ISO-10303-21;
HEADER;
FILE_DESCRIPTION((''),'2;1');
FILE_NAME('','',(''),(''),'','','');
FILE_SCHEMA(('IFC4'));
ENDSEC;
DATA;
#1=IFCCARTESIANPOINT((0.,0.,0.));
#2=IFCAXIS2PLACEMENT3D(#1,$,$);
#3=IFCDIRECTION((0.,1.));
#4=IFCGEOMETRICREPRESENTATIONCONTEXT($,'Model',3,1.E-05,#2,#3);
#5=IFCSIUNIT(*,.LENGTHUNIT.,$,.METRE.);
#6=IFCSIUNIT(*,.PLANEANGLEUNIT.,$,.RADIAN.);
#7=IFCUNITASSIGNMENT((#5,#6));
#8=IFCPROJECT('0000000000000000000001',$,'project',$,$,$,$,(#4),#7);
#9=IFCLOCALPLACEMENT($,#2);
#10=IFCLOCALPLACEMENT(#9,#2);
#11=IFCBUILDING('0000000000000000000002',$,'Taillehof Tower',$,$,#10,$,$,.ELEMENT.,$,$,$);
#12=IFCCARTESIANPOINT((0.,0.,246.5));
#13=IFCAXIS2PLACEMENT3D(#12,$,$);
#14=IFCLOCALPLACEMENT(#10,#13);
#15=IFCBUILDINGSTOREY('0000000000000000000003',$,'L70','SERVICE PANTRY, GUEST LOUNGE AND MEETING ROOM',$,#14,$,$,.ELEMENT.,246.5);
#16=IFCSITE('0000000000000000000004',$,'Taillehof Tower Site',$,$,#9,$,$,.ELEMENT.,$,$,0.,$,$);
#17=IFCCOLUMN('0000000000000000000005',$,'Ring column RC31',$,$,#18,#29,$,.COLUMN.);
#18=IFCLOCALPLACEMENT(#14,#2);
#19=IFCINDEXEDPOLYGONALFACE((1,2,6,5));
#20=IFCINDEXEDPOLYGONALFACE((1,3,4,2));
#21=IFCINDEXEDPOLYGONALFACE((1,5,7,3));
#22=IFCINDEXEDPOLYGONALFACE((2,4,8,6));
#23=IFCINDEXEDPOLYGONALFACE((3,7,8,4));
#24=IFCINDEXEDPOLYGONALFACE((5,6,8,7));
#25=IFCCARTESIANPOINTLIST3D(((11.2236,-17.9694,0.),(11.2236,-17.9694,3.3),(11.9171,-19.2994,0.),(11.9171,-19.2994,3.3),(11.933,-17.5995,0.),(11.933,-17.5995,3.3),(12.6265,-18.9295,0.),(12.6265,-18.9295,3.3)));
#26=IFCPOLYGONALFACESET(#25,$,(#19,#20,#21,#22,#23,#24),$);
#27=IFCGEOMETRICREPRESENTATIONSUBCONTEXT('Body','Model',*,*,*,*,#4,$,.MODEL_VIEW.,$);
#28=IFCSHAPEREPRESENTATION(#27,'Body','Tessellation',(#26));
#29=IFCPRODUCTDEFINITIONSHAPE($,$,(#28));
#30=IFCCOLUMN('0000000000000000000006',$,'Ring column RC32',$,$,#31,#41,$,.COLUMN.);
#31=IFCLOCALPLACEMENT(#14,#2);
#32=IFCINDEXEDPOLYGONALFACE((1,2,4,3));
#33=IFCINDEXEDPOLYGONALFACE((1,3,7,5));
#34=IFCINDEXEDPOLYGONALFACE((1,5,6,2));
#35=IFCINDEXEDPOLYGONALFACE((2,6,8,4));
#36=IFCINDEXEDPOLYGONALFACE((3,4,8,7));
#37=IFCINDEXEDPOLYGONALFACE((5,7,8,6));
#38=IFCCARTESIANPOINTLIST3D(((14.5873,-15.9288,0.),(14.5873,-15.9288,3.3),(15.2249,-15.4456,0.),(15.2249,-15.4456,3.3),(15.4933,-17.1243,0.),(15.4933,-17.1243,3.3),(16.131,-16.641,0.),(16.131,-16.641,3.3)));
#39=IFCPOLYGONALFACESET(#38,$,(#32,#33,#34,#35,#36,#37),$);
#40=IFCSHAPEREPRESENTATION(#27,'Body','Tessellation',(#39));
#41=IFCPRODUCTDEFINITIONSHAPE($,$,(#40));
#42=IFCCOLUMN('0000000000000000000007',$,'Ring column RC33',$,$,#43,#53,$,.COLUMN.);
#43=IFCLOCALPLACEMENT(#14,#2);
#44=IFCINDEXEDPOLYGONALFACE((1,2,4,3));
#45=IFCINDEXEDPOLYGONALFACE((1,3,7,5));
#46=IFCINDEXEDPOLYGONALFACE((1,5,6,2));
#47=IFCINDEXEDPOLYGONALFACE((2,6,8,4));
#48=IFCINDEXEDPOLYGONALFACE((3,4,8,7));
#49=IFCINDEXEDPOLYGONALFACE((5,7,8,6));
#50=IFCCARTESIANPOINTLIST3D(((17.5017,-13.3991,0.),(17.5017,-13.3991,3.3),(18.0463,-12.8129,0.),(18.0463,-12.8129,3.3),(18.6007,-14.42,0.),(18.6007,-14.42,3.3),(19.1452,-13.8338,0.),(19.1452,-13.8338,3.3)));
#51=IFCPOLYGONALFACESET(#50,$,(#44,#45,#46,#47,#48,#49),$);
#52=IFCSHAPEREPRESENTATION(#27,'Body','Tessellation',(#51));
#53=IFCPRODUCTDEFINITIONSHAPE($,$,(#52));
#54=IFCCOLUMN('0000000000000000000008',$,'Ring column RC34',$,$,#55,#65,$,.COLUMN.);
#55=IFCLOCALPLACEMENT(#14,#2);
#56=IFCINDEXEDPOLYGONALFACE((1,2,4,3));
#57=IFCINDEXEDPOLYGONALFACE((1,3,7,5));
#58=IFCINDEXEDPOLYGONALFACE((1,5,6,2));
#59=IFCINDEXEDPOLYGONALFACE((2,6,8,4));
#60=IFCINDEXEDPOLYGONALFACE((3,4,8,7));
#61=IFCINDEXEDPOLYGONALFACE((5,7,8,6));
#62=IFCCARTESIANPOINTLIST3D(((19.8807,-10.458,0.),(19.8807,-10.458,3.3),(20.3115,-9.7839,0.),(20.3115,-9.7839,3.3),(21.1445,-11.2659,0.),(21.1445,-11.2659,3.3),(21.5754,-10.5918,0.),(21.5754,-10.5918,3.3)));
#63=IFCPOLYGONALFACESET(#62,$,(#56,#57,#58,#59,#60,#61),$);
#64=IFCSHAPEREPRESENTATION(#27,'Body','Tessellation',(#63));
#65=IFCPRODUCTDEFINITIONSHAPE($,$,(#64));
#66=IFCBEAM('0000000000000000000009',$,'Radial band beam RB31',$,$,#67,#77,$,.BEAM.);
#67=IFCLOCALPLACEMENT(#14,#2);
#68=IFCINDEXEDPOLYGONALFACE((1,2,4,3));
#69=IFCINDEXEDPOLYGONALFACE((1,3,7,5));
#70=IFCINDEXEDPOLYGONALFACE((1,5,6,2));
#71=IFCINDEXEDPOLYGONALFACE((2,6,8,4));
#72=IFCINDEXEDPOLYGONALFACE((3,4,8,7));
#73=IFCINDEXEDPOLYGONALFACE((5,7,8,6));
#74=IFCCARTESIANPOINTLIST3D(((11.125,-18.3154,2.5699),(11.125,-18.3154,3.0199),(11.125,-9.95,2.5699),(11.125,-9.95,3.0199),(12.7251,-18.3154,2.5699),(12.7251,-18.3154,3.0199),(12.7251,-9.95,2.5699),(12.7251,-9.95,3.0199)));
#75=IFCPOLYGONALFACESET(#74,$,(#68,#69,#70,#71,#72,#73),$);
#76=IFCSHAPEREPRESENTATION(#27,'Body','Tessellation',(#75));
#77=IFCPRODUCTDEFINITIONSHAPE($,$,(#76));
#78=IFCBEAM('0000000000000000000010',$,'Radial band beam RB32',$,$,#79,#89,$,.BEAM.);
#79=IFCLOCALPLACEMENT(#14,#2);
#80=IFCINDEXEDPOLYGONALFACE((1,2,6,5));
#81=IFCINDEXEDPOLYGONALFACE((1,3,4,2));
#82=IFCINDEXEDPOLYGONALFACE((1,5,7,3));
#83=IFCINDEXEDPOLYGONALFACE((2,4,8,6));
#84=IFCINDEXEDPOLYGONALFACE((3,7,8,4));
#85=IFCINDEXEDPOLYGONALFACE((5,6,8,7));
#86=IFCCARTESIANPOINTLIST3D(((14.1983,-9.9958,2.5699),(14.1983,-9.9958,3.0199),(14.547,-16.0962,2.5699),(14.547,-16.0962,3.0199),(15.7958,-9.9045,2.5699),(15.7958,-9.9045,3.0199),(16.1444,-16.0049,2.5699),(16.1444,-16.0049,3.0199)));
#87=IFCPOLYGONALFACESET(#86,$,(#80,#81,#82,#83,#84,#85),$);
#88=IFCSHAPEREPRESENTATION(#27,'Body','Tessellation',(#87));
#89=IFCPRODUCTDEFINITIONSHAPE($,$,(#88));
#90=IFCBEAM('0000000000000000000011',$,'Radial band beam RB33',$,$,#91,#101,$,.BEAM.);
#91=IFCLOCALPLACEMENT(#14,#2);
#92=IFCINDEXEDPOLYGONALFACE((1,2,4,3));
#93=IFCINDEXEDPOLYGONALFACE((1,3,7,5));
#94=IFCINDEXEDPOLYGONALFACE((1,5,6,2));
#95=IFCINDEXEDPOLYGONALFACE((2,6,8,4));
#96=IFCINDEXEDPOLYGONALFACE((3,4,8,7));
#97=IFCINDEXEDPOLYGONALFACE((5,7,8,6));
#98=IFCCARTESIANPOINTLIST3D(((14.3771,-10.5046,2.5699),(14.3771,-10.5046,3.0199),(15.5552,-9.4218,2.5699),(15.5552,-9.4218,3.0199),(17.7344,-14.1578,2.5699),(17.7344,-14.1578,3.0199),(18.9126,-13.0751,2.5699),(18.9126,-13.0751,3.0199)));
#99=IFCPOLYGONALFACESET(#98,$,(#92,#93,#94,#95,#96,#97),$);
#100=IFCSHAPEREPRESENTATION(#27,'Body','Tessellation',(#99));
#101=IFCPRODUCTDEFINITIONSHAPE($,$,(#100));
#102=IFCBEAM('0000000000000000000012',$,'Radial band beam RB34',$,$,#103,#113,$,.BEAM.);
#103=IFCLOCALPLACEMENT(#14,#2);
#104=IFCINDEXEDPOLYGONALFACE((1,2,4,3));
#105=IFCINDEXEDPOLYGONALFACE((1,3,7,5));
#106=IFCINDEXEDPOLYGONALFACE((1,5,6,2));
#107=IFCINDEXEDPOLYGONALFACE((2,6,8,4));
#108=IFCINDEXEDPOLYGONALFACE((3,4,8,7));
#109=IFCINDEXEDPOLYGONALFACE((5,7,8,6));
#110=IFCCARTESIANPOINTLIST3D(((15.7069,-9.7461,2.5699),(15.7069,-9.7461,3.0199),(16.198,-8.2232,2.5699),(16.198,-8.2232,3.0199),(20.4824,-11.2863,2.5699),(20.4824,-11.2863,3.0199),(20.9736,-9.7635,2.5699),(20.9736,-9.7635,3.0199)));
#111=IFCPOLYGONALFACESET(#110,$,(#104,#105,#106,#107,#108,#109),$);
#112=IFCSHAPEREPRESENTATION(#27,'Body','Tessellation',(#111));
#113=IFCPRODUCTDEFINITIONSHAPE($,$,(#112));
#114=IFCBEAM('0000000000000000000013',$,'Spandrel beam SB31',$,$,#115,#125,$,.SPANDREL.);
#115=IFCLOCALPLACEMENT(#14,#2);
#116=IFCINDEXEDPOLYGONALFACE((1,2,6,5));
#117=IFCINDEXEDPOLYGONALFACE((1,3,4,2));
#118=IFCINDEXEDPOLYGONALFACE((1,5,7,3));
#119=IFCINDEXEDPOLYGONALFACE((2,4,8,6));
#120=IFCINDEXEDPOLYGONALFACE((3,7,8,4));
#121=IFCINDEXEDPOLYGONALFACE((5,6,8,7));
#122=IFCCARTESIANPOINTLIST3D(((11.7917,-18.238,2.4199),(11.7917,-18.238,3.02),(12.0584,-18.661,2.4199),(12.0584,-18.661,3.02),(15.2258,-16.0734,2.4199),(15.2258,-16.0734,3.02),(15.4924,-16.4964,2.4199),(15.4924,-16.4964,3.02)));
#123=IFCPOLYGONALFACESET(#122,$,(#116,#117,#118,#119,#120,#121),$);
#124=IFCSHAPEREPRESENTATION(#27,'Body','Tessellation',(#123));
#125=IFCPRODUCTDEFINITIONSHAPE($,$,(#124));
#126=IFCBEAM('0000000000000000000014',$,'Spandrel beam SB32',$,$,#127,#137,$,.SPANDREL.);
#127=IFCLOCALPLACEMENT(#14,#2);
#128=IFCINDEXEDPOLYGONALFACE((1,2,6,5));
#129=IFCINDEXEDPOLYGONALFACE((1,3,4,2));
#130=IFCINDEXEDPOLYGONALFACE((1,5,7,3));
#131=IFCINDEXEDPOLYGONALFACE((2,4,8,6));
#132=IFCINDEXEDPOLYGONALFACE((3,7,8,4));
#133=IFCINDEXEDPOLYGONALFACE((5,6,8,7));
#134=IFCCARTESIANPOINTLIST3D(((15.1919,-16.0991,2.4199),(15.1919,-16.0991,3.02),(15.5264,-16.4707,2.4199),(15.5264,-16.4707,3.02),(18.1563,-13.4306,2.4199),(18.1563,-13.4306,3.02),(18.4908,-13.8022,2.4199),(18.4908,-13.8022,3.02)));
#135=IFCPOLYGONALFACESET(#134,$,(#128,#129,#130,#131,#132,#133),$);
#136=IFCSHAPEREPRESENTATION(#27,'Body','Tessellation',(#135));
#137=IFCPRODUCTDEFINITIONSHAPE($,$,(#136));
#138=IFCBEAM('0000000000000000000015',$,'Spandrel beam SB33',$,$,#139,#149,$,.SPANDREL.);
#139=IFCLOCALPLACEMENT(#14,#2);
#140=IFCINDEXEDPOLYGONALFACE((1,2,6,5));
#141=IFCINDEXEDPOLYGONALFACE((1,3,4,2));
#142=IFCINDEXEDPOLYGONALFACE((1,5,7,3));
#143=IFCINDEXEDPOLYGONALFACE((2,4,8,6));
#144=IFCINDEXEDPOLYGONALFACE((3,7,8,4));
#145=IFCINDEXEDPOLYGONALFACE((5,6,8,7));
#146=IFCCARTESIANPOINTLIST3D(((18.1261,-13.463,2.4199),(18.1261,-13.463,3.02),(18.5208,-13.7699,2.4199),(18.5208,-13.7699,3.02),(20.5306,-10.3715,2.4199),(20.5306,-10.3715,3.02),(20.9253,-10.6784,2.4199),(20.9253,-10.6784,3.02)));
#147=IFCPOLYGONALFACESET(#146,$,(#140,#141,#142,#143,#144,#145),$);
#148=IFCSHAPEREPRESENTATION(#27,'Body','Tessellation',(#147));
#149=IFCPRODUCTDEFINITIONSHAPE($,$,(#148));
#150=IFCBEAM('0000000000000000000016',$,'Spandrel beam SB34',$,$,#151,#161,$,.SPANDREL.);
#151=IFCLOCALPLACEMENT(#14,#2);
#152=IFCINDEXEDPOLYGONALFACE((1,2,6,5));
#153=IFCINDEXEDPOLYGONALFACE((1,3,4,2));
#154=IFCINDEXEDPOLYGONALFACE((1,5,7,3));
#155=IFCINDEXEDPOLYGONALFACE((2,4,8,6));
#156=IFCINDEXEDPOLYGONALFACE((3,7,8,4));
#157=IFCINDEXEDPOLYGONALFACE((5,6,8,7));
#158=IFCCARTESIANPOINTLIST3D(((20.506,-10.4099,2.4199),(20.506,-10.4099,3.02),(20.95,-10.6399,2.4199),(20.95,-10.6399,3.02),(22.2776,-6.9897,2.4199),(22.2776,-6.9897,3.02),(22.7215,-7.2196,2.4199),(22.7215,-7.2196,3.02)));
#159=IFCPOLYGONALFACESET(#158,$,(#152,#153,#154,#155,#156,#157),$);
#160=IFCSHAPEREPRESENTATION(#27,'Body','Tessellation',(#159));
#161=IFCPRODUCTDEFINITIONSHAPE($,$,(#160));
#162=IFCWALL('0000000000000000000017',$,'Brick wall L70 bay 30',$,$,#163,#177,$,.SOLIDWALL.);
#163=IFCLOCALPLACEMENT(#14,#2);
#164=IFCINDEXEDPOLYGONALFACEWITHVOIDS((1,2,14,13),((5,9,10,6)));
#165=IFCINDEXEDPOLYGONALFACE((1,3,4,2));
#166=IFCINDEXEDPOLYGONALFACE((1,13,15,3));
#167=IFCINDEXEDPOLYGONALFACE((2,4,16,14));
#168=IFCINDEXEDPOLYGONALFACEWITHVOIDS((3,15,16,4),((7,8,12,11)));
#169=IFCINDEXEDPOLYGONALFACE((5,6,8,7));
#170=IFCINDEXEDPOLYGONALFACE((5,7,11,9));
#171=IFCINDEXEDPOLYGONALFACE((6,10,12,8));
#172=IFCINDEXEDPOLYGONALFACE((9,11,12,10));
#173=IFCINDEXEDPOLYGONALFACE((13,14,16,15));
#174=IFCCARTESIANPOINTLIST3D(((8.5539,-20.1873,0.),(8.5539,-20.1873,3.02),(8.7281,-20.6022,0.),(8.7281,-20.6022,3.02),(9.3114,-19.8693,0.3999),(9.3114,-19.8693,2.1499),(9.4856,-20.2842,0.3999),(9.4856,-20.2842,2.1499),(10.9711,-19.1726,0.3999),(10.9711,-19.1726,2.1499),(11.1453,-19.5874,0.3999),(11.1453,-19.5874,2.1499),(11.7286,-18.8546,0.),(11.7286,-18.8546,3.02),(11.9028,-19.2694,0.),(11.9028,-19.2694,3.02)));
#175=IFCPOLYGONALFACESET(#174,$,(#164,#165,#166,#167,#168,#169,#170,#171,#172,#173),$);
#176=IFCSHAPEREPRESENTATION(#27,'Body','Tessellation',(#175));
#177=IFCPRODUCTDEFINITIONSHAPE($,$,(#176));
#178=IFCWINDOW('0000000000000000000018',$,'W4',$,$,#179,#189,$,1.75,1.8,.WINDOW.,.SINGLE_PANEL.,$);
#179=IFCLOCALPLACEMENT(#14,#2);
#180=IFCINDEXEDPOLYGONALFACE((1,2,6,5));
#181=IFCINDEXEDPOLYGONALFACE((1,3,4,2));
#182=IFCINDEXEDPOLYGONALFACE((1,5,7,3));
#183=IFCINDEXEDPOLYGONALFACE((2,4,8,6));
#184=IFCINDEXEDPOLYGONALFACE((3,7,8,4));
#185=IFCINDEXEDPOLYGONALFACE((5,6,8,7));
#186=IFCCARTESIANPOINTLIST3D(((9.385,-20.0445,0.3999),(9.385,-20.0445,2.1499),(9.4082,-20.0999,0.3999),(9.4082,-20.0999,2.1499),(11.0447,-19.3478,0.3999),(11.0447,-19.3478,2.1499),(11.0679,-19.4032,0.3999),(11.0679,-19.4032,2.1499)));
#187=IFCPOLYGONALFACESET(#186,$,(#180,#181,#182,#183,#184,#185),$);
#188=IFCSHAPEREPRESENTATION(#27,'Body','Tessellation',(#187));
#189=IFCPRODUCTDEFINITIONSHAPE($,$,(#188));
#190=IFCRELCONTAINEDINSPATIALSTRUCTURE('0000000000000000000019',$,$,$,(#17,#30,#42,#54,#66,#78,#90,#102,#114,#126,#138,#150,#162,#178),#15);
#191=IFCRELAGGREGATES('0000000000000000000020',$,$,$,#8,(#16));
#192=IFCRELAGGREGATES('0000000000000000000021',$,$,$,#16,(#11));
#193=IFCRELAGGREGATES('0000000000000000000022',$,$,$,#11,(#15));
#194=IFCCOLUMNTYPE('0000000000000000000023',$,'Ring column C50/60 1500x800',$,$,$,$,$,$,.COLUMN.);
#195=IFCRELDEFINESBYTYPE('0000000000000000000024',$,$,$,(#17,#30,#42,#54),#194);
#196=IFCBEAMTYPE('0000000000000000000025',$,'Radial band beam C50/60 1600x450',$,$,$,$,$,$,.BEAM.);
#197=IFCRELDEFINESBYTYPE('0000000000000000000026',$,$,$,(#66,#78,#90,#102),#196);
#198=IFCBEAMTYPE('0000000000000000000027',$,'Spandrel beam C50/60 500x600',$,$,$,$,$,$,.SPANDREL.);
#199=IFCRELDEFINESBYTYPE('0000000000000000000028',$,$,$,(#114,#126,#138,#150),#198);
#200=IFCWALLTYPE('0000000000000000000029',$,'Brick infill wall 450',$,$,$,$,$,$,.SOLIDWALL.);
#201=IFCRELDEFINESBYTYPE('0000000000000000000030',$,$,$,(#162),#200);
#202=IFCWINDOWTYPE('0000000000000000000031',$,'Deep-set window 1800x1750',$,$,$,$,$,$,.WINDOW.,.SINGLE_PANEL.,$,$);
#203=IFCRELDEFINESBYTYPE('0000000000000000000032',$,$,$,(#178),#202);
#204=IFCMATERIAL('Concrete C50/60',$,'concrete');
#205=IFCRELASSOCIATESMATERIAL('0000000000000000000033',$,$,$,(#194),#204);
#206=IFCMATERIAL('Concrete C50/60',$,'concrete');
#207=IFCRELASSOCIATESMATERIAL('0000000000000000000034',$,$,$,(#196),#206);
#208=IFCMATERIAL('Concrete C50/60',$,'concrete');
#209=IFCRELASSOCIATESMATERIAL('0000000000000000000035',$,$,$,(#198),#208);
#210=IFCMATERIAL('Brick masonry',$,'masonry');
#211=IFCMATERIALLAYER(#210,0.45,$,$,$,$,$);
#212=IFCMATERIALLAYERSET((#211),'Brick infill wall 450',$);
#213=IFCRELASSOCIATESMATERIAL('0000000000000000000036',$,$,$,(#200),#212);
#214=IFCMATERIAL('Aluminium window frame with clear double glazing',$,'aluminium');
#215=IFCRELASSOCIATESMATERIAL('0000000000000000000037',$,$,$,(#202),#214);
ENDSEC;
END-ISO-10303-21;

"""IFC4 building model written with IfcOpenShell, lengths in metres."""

from ifc_helpers import new_model, si_unit, direction, frame, frame_2d, origin, origin_2d, place, context, subcontext, project, spatial, rectangle, extrude, material, layer, layer_set, material_profile, profile_set, type_object, element, fill, save


model = new_model("IFC4")

# Units and contexts
model_context = context("Model", 3, precision=1e-05, world=origin(), true_north=direction((0.0, 1.0)))
body_context = subcontext(model_context, "Body", "Model", "MODEL_VIEW")
ifc_project = project(units=[si_unit("LENGTHUNIT", "METRE"), si_unit("PLANEANGLEUNIT", "RADIAN")], contexts=[model_context])

# Site, building, storey
site_placement = place(None, origin())
site = spatial("IfcSite", under=ifc_project, at=site_placement, Name="Taillehof Tower Site", CompositionType="ELEMENT", RefElevation=0.0)
building_placement = place(site_placement, origin())
building = spatial("IfcBuilding", under=site, at=building_placement, Name="Taillehof Tower", CompositionType="ELEMENT")
storey_placement = place(building_placement, frame((0.0, 0.0, 246.5)))
storey = spatial("IfcBuildingStorey", under=building, at=storey_placement, Name="L70", Description="SERVICE PANTRY, GUEST LOUNGE AND MEETING ROOM", CompositionType="ELEMENT", Elevation=246.5)

# Columns
ifc_material_1 = material(Name="Concrete C50/60", Category="concrete")
ifc_material_profile_1 = material_profile(ifc_material_1, rectangle(XDim=1.5, YDim=0.8, at=origin_2d()), Name="RC 1500x800")
ifc_profile_set_1 = profile_set([ifc_material_profile_1], Name="Concrete C50/60")
column_type = type_object("IfcColumnType", Name="Ring column C50/60 1500x800", PredefinedType="COLUMN", material=ifc_profile_set_1)
for number, where, z_axis, x_axis, name in (
    (1, (11.925, -18.4495, 0.0), (0.0, 0.0, 1.0), (0.462384, -0.88668, 0.0), "Ring column RC31"),
    (2, (15.3591, -16.2849, 0.0), (0.0, 0.0, 1.0), (0.60402, -0.796969, 0.0), "Ring column RC32"),
    (3, (18.3235, -13.6165, 0.0), (0.0, 0.0, 1.0), (0.732636, -0.680621, 0.0), "Ring column RC33"),
    (4, (20.728, -10.5249, 0.0), (0.0, 0.0, 1.0), (0.842574, -0.538581, 0.0), "Ring column RC34"),
):
    element("IfcColumn", number, at=place(storey_placement, frame(where, z_axis=z_axis, x_axis=x_axis)), inside=storey, type_object=column_type, Name=name, PredefinedType="COLUMN", context=body_context, shape_type="SweptSolid", body=[
        extrude(rectangle(XDim=1.5, YDim=0.8, at=origin_2d()), origin(), (0.0, 0.0, 1.0), 3.3),
    ])

# Beams
ifc_material_2 = material(Name="Concrete C50/60", Category="concrete")
ifc_material_profile_2 = material_profile(ifc_material_2, rectangle(XDim=1.6001, YDim=0.45, at=origin_2d()), Name="RC 1600x450")
ifc_profile_set_2 = profile_set([ifc_material_profile_2], Name="Concrete C50/60")
beam_type_1 = type_object("IfcBeamType", Name="Radial band beam C50/60 1600x450", PredefinedType="BEAM", material=ifc_profile_set_2)
beam_1_placement = place(storey_placement, frame((11.925, -18.3154, 2.7949), z_axis=(0.0, 1.0, 0.0), x_axis=(-1.0, 0.0, 0.0)))
element("IfcBeam", 5, at=beam_1_placement, inside=storey, type_object=beam_type_1, Name="Radial band beam RB31", PredefinedType="BEAM", context=body_context, shape_type="SweptSolid", body=[
    extrude(rectangle(XDim=1.6001, YDim=0.45, at=origin_2d()), origin(), (0.0, 0.0, 1.0), 8.3655),
])
beam_2_placement = place(storey_placement, frame((15.3457, -16.0505, 2.7949), z_axis=(-0.057057, 0.998371, 0.0), x_axis=(-0.998371, -0.057057, 0.0)))
element("IfcBeam", 6, at=beam_2_placement, inside=storey, type_object=beam_type_1, Name="Radial band beam RB32", PredefinedType="BEAM", context=body_context, shape_type="SweptSolid", body=[
    extrude(rectangle(XDim=1.6001, YDim=0.45, at=origin_2d()), origin(), (0.0, 0.0, 1.0), 6.1104),
])
beam_3_placement = place(storey_placement, frame((18.3235, -13.6165, 2.7949), z_axis=(-0.67666, 0.736296, 0.0), x_axis=(-0.736296, -0.67666, 0.0)))
element("IfcBeam", 7, at=beam_3_placement, inside=storey, type_object=beam_type_1, Name="Radial band beam RB33", PredefinedType="BEAM", context=body_context, shape_type="SweptSolid", body=[
    extrude(rectangle(XDim=1.6001, YDim=0.45, at=origin_2d()), origin(), (0.0, 0.0, 1.0), 4.9617),
])
beam_4_placement = place(storey_placement, frame((20.728, -10.5249, 2.7949), z_axis=(-0.951723, 0.306959, 0.0), x_axis=(-0.306959, -0.951723, 0.0)))
element("IfcBeam", 8, at=beam_4_placement, inside=storey, type_object=beam_type_1, Name="Radial band beam RB34", PredefinedType="BEAM", context=body_context, shape_type="SweptSolid", body=[
    extrude(rectangle(XDim=1.6001, YDim=0.45, at=origin_2d()), origin(), (0.0, 0.0, 1.0), 5.0178),
])
ifc_material_3 = material(Name="Concrete C50/60", Category="concrete")
ifc_material_profile_3 = material_profile(ifc_material_3, rectangle(XDim=0.5, YDim=0.6001, at=origin_2d()), Name="RC 500x600")
ifc_profile_set_3 = profile_set([ifc_material_profile_3], Name="Concrete C50/60")
beam_type_2 = type_object("IfcBeamType", Name="Spandrel beam C50/60 500x600", PredefinedType="SPANDREL", material=ifc_profile_set_3)
beam_5_placement = place(storey_placement, frame((11.925, -18.4495, 2.72), z_axis=(0.845972, 0.533228, 0.0), x_axis=(-0.533228, 0.845972, 0.0)))
element("IfcBeam", 9, at=beam_5_placement, inside=storey, type_object=beam_type_2, Name="Spandrel beam SB31", PredefinedType="SPANDREL", context=body_context, shape_type="SweptSolid", body=[
    extrude(rectangle(XDim=0.5, YDim=0.6001, at=origin_2d()), origin(), (0.0, 0.0, 1.0), 4.0593),
])
beam_6_placement = place(storey_placement, frame((15.3591, -16.2849, 2.72), z_axis=(0.743227, 0.669039, 0.0), x_axis=(-0.669039, 0.743227, 0.0)))
element("IfcBeam", 10, at=beam_6_placement, inside=storey, type_object=beam_type_2, Name="Spandrel beam SB32", PredefinedType="SPANDREL", context=body_context, shape_type="SweptSolid", body=[
    extrude(rectangle(XDim=0.5, YDim=0.6001, at=origin_2d()), origin(), (0.0, 0.0, 1.0), 3.9885),
])
beam_7_placement = place(storey_placement, frame((18.3235, -13.6165, 2.72), z_axis=(0.613941, 0.789352, 0.0), x_axis=(-0.789352, 0.613941, 0.0)))
element("IfcBeam", 11, at=beam_7_placement, inside=storey, type_object=beam_type_2, Name="Spandrel beam SB33", PredefinedType="SPANDREL", context=body_context, shape_type="SweptSolid", body=[
    extrude(rectangle(XDim=0.5, YDim=0.6001, at=origin_2d()), origin(), (0.0, 0.0, 1.0), 3.9165),
])
beam_8_placement = place(storey_placement, frame((20.728, -10.5249, 2.72), z_axis=(0.459921, 0.88796, 0.0), x_axis=(-0.88796, 0.459921, 0.0)))
element("IfcBeam", 12, at=beam_8_placement, inside=storey, type_object=beam_type_2, Name="Spandrel beam SB34", PredefinedType="SPANDREL", context=body_context, shape_type="SweptSolid", body=[
    extrude(rectangle(XDim=0.5, YDim=0.6001, at=origin_2d()), origin(), (0.0, 0.0, 1.0), 3.8518),
])

# Wall, opening, window
ifc_material_4 = material(Name="Brick masonry", Category="masonry")
ifc_layer_1 = layer(ifc_material_4, 0.45)
ifc_layer_set_1 = layer_set([ifc_layer_1], Name="Brick infill wall 450")
wall_type_1 = type_object("IfcWallType", Name="Brick infill wall 450", PredefinedType="SOLIDWALL", material=ifc_layer_set_1)
wall_1_placement = place(storey_placement, frame((8.6409, -20.3948, 0.0), z_axis=(0.0, 0.0, 1.0), x_axis=(0.92205, 0.387071, 0.0)))
wall_1 = element("IfcWall", 13, at=wall_1_placement, inside=storey, type_object=wall_type_1, Name="Brick wall L70 bay 30", PredefinedType="SOLIDWALL", context=body_context, shape_type="SweptSolid", body=[
    extrude(rectangle(XDim=3.4431, YDim=0.45, at=frame_2d((1.7217, 0.0))), origin(), (0.0, 0.0, 1.0), 3.02),
])
opening_1_placement = place(wall_1_placement, frame((0.8218, 0.0, 0.3999)))
opening_1 = element("IfcOpeningElement", 14, at=opening_1_placement, cuts=wall_1, PredefinedType="OPENING", context=body_context, shape_type="SweptSolid", body=[
    extrude(rectangle(XDim=1.8, YDim=1.75, at=frame_2d((0.8999, 0.875))), frame((0.0, 0.2349, 0.0), z_axis=(0.0, -1.0, 0.0), x_axis=(1.0, 0.0, 0.0)), (0.0, 0.0, 1.0), 0.47),
])
ifc_material_5 = material(Name="Aluminium window frame with clear double glazing", Category="aluminium")
window_type = type_object("IfcWindowType", Name="Deep-set window 1800x1750", PartitioningType="SINGLE_PANEL", PredefinedType="WINDOW", material=ifc_material_5)
window_1_placement = place(opening_1_placement, origin())
window_1 = element("IfcWindow", 15, at=window_1_placement, inside=storey, type_object=window_type, Name="W4", OverallHeight=1.75, OverallWidth=1.8, PartitioningType="SINGLE_PANEL", PredefinedType="WINDOW", context=body_context, shape_type="SweptSolid", body=[
    extrude(rectangle(XDim=1.8, YDim=1.75, at=frame_2d((0.8999, 0.875))), frame((0.0, 0.0349, 0.0), z_axis=(0.0, -1.0, 0.0), x_axis=(1.0, 0.0, 0.0)), (0.0, 0.0, 1.0), 0.0601),
])
fill(opening_1, window_1)

save(model, "model.ifc")
